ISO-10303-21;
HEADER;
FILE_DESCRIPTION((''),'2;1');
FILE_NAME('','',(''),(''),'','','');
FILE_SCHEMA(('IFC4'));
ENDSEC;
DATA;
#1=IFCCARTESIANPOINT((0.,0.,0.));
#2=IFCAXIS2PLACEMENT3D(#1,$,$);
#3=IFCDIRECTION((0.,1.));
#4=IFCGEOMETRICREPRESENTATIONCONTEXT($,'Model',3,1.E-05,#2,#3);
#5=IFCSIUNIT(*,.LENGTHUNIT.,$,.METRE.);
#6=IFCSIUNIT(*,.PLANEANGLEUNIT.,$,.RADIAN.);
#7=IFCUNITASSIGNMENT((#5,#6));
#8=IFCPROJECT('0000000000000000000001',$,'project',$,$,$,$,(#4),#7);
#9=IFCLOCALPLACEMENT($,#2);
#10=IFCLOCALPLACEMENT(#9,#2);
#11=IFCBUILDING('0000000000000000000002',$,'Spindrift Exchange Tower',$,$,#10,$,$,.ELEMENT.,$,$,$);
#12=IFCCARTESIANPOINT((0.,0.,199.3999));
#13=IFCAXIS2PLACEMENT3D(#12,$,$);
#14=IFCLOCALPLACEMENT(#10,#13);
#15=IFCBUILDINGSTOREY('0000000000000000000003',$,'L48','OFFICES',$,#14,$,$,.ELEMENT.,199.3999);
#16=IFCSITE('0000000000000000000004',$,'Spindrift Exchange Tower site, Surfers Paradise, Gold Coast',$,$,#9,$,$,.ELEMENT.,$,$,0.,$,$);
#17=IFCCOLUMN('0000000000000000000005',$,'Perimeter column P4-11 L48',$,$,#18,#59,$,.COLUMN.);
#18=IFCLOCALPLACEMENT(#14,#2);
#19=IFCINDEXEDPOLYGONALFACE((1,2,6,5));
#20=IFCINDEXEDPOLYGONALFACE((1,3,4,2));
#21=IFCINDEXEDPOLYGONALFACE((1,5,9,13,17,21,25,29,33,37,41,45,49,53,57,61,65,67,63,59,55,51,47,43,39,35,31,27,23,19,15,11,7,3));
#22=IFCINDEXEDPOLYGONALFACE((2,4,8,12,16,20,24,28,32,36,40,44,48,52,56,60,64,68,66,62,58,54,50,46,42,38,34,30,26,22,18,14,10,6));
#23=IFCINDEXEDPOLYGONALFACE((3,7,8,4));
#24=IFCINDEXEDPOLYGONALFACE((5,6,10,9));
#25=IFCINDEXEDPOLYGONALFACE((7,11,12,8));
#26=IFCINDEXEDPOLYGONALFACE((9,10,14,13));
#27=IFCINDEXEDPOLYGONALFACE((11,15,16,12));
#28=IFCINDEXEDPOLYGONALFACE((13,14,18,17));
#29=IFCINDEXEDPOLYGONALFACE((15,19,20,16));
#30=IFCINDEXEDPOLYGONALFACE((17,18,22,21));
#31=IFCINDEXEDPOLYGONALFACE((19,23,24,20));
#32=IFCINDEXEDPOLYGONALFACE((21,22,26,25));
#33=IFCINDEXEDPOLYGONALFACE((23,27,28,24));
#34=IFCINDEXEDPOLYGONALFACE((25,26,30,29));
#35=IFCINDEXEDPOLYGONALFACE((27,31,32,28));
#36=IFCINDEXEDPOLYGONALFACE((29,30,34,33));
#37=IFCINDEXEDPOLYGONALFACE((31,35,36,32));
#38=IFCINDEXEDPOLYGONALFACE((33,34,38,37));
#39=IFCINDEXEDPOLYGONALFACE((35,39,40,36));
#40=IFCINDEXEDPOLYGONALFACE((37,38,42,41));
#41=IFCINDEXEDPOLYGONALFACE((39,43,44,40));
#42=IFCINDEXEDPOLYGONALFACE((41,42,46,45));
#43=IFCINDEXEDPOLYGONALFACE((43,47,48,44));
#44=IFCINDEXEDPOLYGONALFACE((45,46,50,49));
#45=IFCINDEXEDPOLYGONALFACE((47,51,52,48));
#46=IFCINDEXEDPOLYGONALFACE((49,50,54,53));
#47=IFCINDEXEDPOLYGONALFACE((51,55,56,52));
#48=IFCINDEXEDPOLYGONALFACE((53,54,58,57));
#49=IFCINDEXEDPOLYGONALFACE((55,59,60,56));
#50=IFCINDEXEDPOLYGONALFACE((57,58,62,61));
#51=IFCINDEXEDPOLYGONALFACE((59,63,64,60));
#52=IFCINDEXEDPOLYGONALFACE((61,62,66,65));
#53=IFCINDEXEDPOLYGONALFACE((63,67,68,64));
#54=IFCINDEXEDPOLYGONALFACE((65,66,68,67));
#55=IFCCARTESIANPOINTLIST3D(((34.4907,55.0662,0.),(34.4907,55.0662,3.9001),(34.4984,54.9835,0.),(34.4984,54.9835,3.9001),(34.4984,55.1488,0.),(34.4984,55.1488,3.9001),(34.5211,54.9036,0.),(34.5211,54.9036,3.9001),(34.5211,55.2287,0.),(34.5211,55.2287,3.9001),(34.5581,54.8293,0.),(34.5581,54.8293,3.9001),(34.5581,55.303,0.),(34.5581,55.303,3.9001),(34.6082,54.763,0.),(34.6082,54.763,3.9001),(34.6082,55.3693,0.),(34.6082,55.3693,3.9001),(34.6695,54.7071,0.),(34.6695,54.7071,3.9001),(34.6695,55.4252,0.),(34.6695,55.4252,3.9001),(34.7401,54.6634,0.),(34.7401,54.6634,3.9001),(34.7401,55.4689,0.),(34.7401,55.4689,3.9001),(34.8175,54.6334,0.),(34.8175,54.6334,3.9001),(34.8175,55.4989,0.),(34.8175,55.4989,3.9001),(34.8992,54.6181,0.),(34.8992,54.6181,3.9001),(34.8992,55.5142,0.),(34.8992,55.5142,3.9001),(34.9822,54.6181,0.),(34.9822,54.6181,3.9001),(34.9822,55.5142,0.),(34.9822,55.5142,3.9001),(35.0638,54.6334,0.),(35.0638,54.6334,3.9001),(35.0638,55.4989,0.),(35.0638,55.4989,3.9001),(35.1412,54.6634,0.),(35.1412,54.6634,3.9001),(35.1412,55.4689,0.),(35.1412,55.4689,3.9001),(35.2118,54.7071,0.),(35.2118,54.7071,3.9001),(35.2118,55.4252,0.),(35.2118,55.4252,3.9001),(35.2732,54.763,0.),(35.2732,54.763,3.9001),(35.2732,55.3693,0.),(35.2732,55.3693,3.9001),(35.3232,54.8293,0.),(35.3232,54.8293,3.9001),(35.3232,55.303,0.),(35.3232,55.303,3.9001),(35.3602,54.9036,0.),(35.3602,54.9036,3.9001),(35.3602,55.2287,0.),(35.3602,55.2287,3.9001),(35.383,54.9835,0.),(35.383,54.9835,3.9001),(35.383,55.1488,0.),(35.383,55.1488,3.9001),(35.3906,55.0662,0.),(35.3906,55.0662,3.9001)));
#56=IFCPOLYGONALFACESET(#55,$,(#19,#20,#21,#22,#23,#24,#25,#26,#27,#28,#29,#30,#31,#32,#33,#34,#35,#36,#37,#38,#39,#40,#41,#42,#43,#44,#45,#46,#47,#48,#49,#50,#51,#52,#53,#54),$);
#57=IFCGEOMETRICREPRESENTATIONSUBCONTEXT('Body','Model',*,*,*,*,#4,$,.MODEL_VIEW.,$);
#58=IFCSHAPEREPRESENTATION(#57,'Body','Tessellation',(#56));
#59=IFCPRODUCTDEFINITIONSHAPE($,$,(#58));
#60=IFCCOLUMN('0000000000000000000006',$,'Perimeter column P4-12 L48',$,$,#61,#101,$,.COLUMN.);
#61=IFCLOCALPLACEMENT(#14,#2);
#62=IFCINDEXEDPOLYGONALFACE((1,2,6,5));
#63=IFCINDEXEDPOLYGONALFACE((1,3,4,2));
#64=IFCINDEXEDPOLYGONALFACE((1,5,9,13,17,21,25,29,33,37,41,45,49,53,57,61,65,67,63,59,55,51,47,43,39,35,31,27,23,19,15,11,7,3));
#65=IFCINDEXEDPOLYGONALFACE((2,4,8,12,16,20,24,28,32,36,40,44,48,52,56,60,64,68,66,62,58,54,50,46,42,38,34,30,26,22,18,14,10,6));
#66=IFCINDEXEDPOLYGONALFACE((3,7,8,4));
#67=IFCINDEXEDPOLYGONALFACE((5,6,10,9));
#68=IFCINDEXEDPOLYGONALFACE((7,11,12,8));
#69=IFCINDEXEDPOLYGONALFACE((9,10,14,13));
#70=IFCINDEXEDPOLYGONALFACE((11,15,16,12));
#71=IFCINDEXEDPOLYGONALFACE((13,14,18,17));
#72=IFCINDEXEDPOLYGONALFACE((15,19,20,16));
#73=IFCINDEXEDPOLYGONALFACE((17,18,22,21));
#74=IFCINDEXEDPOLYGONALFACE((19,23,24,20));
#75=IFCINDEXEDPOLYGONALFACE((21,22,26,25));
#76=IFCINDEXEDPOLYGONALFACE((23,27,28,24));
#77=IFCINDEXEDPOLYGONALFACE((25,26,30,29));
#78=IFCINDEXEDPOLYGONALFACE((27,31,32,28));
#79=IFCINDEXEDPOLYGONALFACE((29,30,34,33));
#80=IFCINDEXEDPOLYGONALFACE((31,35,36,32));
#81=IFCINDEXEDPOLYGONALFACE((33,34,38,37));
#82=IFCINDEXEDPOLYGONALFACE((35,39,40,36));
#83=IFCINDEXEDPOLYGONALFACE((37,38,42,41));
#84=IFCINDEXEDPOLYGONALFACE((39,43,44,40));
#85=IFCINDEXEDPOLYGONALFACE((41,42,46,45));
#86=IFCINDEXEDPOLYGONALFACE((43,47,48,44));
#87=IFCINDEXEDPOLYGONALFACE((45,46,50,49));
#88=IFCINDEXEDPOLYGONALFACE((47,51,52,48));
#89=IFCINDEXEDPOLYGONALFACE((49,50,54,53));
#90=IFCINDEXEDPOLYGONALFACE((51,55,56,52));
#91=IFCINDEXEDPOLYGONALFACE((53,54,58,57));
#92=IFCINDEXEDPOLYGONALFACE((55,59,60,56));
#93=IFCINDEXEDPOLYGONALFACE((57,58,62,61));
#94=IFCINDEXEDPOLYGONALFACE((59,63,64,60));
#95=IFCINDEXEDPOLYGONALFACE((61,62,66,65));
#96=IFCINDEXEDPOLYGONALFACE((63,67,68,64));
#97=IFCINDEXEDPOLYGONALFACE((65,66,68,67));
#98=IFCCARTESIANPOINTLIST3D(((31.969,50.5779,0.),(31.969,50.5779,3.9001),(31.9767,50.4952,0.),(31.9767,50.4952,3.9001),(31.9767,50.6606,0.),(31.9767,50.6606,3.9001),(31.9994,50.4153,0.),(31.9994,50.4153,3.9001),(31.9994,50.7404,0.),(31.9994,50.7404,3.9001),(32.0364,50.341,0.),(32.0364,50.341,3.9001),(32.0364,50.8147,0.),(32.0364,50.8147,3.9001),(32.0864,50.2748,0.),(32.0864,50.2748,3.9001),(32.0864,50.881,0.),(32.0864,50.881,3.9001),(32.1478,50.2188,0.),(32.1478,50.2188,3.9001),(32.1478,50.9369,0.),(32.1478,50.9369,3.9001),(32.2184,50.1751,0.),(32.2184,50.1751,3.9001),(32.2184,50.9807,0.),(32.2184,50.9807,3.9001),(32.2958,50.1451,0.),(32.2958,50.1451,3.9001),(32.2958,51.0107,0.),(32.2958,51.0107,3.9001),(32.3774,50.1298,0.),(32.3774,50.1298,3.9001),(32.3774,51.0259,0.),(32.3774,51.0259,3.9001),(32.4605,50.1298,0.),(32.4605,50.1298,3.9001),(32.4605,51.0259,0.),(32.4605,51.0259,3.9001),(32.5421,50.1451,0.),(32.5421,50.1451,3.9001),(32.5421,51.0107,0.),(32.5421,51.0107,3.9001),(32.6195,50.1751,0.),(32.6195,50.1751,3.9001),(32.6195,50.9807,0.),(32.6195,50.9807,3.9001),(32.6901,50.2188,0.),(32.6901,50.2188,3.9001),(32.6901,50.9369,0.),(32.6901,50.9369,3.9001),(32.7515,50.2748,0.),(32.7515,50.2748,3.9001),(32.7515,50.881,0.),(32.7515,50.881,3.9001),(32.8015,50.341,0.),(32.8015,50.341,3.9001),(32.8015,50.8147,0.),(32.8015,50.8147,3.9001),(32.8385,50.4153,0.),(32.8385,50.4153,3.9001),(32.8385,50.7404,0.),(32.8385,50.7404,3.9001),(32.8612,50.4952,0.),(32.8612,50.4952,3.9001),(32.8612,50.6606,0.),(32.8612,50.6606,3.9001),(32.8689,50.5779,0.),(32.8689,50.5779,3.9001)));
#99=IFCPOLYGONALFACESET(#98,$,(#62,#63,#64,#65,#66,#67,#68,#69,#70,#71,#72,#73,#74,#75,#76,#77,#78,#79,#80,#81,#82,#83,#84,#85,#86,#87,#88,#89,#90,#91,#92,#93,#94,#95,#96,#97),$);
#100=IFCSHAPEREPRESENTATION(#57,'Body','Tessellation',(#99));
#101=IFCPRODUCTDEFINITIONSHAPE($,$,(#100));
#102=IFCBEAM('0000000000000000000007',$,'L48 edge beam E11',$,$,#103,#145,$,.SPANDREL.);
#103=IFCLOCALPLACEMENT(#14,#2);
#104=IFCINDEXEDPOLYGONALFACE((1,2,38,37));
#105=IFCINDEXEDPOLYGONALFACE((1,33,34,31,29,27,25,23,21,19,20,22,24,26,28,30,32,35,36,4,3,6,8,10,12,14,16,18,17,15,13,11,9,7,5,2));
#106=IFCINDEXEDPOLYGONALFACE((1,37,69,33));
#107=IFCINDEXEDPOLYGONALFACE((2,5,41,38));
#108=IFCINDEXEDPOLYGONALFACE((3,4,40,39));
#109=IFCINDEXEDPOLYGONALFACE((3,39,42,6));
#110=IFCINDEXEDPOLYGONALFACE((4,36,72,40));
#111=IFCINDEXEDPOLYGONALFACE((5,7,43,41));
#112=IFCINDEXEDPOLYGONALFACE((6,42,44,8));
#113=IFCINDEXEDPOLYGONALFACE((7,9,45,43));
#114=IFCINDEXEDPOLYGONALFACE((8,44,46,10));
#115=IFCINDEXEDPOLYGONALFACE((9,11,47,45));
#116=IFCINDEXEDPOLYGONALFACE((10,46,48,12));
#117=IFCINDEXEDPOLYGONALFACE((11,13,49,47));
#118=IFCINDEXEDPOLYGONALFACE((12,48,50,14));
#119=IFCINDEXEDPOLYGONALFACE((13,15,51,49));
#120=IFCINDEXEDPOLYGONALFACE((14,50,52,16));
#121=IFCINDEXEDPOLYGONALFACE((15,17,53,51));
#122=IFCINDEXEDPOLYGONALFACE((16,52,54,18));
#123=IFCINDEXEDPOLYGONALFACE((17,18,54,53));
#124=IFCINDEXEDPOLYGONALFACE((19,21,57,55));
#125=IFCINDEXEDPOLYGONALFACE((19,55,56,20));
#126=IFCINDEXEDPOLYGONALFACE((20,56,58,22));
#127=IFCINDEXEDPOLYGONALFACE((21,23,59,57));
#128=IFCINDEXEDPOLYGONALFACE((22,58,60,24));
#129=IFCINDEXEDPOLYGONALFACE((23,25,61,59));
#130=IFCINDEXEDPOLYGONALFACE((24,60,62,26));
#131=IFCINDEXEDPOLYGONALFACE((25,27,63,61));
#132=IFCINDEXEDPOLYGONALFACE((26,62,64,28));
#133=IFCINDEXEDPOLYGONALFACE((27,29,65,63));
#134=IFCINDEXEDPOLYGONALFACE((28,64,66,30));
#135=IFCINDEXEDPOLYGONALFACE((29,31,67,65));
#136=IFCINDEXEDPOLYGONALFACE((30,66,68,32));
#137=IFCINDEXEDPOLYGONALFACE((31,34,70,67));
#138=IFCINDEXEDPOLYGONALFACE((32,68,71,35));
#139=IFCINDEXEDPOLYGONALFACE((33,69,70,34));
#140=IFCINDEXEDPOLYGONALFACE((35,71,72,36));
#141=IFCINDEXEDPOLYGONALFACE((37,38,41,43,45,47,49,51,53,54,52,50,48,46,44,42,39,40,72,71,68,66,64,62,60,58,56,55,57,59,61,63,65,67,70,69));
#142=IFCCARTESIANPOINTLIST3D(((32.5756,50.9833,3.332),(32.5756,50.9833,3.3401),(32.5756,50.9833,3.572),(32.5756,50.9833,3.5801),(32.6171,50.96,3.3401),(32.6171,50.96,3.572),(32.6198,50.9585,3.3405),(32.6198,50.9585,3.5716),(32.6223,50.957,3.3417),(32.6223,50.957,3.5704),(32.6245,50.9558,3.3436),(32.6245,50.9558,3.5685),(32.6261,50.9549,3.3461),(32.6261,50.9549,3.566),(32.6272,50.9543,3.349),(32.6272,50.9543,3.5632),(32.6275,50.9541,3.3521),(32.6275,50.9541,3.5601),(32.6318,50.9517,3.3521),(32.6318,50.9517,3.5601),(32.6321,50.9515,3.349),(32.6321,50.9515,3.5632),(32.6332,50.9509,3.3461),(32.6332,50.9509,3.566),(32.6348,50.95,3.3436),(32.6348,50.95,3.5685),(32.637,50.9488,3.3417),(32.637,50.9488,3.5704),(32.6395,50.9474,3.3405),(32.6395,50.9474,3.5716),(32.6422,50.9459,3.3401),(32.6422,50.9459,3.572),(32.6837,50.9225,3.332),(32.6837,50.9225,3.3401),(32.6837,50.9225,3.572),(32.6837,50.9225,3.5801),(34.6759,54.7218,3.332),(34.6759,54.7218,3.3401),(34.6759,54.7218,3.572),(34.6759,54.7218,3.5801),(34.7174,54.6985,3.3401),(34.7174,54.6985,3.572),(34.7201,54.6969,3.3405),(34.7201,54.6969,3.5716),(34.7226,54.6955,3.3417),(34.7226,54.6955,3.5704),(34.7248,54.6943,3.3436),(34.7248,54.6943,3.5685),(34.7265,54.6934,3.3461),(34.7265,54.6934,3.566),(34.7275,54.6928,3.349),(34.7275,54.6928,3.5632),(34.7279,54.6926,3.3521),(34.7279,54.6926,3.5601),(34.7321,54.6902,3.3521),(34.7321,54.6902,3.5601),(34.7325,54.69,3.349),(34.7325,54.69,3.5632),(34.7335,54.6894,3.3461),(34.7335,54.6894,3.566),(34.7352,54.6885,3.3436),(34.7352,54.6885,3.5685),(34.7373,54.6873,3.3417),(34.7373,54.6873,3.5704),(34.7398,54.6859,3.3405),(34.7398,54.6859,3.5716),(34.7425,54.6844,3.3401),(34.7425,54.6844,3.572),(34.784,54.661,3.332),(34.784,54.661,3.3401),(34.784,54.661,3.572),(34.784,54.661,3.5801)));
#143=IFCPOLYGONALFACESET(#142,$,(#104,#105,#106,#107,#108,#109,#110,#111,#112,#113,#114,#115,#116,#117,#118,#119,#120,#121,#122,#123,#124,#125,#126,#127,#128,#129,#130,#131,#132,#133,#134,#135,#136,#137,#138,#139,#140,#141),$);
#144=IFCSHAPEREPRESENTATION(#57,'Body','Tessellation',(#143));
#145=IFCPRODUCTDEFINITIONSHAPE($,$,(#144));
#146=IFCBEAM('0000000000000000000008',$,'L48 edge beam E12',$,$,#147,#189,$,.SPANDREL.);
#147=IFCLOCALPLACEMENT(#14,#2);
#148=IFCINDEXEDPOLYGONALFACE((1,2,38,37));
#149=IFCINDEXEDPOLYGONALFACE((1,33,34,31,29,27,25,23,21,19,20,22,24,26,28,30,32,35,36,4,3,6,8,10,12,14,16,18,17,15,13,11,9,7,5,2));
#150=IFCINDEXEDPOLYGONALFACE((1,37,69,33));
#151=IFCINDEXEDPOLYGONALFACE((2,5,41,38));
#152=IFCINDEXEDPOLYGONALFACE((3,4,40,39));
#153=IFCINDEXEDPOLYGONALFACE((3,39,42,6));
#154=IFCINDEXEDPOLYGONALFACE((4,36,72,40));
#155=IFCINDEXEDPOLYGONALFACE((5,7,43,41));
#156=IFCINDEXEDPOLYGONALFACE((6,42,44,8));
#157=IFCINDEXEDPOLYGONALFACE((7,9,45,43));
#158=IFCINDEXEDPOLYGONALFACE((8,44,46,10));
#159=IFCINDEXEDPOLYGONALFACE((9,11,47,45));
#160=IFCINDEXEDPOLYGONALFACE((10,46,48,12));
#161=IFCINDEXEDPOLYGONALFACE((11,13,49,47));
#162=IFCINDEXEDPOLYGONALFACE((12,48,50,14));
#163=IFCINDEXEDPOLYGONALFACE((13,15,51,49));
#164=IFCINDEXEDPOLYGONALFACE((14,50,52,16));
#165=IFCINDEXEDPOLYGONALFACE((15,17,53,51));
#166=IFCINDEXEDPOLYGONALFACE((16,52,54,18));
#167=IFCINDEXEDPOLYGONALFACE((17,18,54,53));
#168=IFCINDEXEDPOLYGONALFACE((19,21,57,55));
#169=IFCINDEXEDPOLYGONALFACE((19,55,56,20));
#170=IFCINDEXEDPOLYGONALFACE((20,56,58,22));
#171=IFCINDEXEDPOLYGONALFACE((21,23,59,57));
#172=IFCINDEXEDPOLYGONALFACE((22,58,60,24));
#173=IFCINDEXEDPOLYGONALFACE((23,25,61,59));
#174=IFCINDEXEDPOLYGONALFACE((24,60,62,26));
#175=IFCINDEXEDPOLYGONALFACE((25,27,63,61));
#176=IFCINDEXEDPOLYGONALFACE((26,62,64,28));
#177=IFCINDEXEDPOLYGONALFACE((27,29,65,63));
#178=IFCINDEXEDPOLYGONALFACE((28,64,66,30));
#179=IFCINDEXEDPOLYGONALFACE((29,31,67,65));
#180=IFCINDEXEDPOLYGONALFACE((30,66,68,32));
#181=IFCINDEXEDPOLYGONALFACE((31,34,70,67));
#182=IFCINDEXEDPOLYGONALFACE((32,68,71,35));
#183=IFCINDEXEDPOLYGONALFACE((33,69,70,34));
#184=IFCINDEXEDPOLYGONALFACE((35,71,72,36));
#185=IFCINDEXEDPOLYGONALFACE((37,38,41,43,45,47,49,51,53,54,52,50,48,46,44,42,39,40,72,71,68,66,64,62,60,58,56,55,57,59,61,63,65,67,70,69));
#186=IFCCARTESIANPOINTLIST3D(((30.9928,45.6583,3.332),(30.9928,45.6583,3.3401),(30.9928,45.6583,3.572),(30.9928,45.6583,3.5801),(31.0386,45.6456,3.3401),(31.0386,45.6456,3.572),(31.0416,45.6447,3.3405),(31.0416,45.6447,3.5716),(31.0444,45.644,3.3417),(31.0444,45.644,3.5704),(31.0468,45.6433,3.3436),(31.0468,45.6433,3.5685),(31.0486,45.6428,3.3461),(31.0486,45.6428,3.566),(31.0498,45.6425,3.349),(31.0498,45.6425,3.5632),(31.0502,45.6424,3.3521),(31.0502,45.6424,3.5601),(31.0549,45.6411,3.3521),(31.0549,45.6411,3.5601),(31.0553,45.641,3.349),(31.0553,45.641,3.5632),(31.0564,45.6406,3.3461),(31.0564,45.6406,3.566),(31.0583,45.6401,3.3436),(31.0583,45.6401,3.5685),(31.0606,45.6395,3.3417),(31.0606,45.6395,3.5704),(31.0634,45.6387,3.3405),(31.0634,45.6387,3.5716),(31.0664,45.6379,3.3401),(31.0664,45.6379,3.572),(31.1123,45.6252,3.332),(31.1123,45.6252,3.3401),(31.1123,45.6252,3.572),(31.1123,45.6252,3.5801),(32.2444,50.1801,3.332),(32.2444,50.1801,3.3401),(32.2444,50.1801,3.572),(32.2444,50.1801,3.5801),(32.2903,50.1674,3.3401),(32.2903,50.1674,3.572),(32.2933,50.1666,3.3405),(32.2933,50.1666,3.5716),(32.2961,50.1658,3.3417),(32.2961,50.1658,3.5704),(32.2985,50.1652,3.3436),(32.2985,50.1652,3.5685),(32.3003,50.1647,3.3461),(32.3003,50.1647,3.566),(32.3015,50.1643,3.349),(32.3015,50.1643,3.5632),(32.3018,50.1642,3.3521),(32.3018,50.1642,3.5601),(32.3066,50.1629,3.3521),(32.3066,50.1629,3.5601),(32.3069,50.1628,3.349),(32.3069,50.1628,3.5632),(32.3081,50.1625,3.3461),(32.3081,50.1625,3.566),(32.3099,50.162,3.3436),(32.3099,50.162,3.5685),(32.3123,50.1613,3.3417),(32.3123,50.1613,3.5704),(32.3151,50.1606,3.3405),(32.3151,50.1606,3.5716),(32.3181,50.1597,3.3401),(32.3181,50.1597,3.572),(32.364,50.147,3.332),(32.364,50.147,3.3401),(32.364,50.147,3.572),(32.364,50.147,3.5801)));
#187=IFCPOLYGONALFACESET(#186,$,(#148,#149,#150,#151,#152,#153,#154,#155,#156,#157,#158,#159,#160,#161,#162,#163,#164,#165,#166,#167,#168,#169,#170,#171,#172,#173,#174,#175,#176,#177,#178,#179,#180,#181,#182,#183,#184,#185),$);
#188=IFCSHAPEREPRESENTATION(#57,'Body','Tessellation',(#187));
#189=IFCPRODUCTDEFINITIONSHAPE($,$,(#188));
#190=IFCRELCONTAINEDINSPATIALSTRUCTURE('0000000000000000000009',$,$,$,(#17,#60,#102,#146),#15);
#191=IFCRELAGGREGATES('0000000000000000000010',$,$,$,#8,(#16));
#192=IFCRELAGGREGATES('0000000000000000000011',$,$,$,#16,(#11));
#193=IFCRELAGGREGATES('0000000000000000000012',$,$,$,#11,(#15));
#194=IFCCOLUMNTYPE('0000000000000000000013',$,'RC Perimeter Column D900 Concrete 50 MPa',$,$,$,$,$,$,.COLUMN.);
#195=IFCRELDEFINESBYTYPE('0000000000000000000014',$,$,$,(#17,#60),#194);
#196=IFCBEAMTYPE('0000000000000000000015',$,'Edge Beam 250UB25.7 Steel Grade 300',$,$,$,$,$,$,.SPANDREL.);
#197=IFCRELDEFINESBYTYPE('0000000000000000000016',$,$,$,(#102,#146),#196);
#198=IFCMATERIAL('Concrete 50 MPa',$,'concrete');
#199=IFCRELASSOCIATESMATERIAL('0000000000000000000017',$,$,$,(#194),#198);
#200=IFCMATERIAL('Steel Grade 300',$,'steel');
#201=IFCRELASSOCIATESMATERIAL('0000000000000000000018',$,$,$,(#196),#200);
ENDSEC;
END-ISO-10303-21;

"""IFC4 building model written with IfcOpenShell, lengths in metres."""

from ifc_helpers import new_model, si_unit, direction, frame, origin, origin_2d, place, context, subcontext, project, spatial, circle, i_section, extrude, source, transform, mapped, material, material_profile, profile_set, type_object, element, save


model = new_model("IFC4")

# Units and contexts
model_context = context("Model", 3, precision=1e-05, world=origin(), true_north=direction((0.0, 1.0)))
body_context = subcontext(model_context, "Body", "Model", "MODEL_VIEW")
ifc_project = project(units=[si_unit("LENGTHUNIT", "METRE"), si_unit("PLANEANGLEUNIT", "RADIAN")], contexts=[model_context])

# Site, building, storey
site_placement = place(None, origin())
site = spatial("IfcSite", under=ifc_project, at=site_placement, Name="Spindrift Exchange Tower site, Surfers Paradise, Gold Coast", CompositionType="ELEMENT", RefElevation=0.0)
building_placement = place(site_placement, origin())
building = spatial("IfcBuilding", under=site, at=building_placement, Name="Spindrift Exchange Tower", CompositionType="ELEMENT")
storey_placement = place(building_placement, frame((0.0, 0.0, 199.3999)))
storey = spatial("IfcBuildingStorey", under=building, at=storey_placement, Name="L48", Description="OFFICES", CompositionType="ELEMENT", Elevation=199.3999)

# Columns
ifc_material_1 = material(Name="Concrete 50 MPa", Category="concrete")
ifc_material_profile_1 = material_profile(ifc_material_1, circle(Radius=0.45, at=origin_2d()), Name="RC D900")
ifc_profile_set_1 = profile_set([ifc_material_profile_1], Name="Concrete 50 MPa")
column_type = type_object("IfcColumnType", Name="RC Perimeter Column D900 Concrete 50 MPa", PredefinedType="COLUMN", material=ifc_profile_set_1)
shared_shape_1 = source(origin(), body_context, "Body", "SweptSolid", [
    extrude(circle(Radius=0.45, at=origin_2d()), origin(), (0.0, 0.0, 1.0), 3.9001),
])
for number, where, z_axis, x_axis, name in (
    (1, (34.9407, 55.0662, 0.0), (0.0, 0.0, 1.0), (1.0, 0.0, 0.0), "Perimeter column P4-11 L48"),
    (2, (32.4189, 50.5779, 0.0), (0.0, 0.0, 1.0), (1.0, 0.0, 0.0), "Perimeter column P4-12 L48"),
):
    element("IfcColumn", number, at=place(storey_placement, frame(where, z_axis=z_axis, x_axis=x_axis)), inside=storey, type_object=column_type, Name=name, PredefinedType="COLUMN", context=body_context, shape_type="MappedRepresentation", body=[
        mapped(shared_shape_1, transform((0.0, 0.0, 0.0), scale=1.0)),
    ])

# Beams
ifc_material_2 = material(Name="Steel Grade 300", Category="steel")
ifc_material_profile_2 = material_profile(ifc_material_2, i_section(OverallWidth=0.124, OverallDepth=0.248, WebThickness=0.0049, FlangeThickness=0.0081, FilletRadius=0.012, at=origin_2d()), Name="250UB25.7")
ifc_profile_set_2 = profile_set([ifc_material_profile_2], Name="Steel Grade 300")
beam_type_1 = type_object("IfcBeamType", Name="Edge Beam 250UB25.7 Steel Grade 300", PredefinedType="SPANDREL", material=ifc_profile_set_2)
shared_shape_2 = source(origin(), body_context, "Body", "SweptSolid", [
    extrude(i_section(OverallWidth=0.124, OverallDepth=0.248, WebThickness=0.0049, FlangeThickness=0.0081, FilletRadius=0.012, at=origin_2d()), origin(), (0.0, 0.0, 1.0), 4.2881),
])
beam_1_placement = place(storey_placement, frame((34.73, 54.6914, 3.4561), z_axis=(-0.489804, -0.871832, 0.0), x_axis=(0.871832, -0.489804, 0.0)))
element("IfcBeam", 3, at=beam_1_placement, inside=storey, type_object=beam_type_1, Name="L48 edge beam E11", PredefinedType="SPANDREL", context=body_context, shape_type="MappedRepresentation", body=[
    mapped(shared_shape_2, transform((0.0, 0.0, 0.0), scale=1.0)),
])
shared_shape_3 = source(origin(), body_context, "Body", "SweptSolid", [
    extrude(i_section(OverallWidth=0.124, OverallDepth=0.248, WebThickness=0.0049, FlangeThickness=0.0081, FilletRadius=0.012, at=origin_2d()), origin(), (0.0, 0.0, 1.0), 4.6919),
])
beam_2_placement = place(storey_placement, frame((32.3042, 50.1636, 3.4561), z_axis=(-0.266774, -0.963759, 0.0), x_axis=(0.963759, -0.266774, 0.0)))
element("IfcBeam", 4, at=beam_2_placement, inside=storey, type_object=beam_type_1, Name="L48 edge beam E12", PredefinedType="SPANDREL", context=body_context, shape_type="MappedRepresentation", body=[
    mapped(shared_shape_3, transform((0.0, 0.0, 0.0), scale=1.0)),
])

save(model, "model.ifc")
